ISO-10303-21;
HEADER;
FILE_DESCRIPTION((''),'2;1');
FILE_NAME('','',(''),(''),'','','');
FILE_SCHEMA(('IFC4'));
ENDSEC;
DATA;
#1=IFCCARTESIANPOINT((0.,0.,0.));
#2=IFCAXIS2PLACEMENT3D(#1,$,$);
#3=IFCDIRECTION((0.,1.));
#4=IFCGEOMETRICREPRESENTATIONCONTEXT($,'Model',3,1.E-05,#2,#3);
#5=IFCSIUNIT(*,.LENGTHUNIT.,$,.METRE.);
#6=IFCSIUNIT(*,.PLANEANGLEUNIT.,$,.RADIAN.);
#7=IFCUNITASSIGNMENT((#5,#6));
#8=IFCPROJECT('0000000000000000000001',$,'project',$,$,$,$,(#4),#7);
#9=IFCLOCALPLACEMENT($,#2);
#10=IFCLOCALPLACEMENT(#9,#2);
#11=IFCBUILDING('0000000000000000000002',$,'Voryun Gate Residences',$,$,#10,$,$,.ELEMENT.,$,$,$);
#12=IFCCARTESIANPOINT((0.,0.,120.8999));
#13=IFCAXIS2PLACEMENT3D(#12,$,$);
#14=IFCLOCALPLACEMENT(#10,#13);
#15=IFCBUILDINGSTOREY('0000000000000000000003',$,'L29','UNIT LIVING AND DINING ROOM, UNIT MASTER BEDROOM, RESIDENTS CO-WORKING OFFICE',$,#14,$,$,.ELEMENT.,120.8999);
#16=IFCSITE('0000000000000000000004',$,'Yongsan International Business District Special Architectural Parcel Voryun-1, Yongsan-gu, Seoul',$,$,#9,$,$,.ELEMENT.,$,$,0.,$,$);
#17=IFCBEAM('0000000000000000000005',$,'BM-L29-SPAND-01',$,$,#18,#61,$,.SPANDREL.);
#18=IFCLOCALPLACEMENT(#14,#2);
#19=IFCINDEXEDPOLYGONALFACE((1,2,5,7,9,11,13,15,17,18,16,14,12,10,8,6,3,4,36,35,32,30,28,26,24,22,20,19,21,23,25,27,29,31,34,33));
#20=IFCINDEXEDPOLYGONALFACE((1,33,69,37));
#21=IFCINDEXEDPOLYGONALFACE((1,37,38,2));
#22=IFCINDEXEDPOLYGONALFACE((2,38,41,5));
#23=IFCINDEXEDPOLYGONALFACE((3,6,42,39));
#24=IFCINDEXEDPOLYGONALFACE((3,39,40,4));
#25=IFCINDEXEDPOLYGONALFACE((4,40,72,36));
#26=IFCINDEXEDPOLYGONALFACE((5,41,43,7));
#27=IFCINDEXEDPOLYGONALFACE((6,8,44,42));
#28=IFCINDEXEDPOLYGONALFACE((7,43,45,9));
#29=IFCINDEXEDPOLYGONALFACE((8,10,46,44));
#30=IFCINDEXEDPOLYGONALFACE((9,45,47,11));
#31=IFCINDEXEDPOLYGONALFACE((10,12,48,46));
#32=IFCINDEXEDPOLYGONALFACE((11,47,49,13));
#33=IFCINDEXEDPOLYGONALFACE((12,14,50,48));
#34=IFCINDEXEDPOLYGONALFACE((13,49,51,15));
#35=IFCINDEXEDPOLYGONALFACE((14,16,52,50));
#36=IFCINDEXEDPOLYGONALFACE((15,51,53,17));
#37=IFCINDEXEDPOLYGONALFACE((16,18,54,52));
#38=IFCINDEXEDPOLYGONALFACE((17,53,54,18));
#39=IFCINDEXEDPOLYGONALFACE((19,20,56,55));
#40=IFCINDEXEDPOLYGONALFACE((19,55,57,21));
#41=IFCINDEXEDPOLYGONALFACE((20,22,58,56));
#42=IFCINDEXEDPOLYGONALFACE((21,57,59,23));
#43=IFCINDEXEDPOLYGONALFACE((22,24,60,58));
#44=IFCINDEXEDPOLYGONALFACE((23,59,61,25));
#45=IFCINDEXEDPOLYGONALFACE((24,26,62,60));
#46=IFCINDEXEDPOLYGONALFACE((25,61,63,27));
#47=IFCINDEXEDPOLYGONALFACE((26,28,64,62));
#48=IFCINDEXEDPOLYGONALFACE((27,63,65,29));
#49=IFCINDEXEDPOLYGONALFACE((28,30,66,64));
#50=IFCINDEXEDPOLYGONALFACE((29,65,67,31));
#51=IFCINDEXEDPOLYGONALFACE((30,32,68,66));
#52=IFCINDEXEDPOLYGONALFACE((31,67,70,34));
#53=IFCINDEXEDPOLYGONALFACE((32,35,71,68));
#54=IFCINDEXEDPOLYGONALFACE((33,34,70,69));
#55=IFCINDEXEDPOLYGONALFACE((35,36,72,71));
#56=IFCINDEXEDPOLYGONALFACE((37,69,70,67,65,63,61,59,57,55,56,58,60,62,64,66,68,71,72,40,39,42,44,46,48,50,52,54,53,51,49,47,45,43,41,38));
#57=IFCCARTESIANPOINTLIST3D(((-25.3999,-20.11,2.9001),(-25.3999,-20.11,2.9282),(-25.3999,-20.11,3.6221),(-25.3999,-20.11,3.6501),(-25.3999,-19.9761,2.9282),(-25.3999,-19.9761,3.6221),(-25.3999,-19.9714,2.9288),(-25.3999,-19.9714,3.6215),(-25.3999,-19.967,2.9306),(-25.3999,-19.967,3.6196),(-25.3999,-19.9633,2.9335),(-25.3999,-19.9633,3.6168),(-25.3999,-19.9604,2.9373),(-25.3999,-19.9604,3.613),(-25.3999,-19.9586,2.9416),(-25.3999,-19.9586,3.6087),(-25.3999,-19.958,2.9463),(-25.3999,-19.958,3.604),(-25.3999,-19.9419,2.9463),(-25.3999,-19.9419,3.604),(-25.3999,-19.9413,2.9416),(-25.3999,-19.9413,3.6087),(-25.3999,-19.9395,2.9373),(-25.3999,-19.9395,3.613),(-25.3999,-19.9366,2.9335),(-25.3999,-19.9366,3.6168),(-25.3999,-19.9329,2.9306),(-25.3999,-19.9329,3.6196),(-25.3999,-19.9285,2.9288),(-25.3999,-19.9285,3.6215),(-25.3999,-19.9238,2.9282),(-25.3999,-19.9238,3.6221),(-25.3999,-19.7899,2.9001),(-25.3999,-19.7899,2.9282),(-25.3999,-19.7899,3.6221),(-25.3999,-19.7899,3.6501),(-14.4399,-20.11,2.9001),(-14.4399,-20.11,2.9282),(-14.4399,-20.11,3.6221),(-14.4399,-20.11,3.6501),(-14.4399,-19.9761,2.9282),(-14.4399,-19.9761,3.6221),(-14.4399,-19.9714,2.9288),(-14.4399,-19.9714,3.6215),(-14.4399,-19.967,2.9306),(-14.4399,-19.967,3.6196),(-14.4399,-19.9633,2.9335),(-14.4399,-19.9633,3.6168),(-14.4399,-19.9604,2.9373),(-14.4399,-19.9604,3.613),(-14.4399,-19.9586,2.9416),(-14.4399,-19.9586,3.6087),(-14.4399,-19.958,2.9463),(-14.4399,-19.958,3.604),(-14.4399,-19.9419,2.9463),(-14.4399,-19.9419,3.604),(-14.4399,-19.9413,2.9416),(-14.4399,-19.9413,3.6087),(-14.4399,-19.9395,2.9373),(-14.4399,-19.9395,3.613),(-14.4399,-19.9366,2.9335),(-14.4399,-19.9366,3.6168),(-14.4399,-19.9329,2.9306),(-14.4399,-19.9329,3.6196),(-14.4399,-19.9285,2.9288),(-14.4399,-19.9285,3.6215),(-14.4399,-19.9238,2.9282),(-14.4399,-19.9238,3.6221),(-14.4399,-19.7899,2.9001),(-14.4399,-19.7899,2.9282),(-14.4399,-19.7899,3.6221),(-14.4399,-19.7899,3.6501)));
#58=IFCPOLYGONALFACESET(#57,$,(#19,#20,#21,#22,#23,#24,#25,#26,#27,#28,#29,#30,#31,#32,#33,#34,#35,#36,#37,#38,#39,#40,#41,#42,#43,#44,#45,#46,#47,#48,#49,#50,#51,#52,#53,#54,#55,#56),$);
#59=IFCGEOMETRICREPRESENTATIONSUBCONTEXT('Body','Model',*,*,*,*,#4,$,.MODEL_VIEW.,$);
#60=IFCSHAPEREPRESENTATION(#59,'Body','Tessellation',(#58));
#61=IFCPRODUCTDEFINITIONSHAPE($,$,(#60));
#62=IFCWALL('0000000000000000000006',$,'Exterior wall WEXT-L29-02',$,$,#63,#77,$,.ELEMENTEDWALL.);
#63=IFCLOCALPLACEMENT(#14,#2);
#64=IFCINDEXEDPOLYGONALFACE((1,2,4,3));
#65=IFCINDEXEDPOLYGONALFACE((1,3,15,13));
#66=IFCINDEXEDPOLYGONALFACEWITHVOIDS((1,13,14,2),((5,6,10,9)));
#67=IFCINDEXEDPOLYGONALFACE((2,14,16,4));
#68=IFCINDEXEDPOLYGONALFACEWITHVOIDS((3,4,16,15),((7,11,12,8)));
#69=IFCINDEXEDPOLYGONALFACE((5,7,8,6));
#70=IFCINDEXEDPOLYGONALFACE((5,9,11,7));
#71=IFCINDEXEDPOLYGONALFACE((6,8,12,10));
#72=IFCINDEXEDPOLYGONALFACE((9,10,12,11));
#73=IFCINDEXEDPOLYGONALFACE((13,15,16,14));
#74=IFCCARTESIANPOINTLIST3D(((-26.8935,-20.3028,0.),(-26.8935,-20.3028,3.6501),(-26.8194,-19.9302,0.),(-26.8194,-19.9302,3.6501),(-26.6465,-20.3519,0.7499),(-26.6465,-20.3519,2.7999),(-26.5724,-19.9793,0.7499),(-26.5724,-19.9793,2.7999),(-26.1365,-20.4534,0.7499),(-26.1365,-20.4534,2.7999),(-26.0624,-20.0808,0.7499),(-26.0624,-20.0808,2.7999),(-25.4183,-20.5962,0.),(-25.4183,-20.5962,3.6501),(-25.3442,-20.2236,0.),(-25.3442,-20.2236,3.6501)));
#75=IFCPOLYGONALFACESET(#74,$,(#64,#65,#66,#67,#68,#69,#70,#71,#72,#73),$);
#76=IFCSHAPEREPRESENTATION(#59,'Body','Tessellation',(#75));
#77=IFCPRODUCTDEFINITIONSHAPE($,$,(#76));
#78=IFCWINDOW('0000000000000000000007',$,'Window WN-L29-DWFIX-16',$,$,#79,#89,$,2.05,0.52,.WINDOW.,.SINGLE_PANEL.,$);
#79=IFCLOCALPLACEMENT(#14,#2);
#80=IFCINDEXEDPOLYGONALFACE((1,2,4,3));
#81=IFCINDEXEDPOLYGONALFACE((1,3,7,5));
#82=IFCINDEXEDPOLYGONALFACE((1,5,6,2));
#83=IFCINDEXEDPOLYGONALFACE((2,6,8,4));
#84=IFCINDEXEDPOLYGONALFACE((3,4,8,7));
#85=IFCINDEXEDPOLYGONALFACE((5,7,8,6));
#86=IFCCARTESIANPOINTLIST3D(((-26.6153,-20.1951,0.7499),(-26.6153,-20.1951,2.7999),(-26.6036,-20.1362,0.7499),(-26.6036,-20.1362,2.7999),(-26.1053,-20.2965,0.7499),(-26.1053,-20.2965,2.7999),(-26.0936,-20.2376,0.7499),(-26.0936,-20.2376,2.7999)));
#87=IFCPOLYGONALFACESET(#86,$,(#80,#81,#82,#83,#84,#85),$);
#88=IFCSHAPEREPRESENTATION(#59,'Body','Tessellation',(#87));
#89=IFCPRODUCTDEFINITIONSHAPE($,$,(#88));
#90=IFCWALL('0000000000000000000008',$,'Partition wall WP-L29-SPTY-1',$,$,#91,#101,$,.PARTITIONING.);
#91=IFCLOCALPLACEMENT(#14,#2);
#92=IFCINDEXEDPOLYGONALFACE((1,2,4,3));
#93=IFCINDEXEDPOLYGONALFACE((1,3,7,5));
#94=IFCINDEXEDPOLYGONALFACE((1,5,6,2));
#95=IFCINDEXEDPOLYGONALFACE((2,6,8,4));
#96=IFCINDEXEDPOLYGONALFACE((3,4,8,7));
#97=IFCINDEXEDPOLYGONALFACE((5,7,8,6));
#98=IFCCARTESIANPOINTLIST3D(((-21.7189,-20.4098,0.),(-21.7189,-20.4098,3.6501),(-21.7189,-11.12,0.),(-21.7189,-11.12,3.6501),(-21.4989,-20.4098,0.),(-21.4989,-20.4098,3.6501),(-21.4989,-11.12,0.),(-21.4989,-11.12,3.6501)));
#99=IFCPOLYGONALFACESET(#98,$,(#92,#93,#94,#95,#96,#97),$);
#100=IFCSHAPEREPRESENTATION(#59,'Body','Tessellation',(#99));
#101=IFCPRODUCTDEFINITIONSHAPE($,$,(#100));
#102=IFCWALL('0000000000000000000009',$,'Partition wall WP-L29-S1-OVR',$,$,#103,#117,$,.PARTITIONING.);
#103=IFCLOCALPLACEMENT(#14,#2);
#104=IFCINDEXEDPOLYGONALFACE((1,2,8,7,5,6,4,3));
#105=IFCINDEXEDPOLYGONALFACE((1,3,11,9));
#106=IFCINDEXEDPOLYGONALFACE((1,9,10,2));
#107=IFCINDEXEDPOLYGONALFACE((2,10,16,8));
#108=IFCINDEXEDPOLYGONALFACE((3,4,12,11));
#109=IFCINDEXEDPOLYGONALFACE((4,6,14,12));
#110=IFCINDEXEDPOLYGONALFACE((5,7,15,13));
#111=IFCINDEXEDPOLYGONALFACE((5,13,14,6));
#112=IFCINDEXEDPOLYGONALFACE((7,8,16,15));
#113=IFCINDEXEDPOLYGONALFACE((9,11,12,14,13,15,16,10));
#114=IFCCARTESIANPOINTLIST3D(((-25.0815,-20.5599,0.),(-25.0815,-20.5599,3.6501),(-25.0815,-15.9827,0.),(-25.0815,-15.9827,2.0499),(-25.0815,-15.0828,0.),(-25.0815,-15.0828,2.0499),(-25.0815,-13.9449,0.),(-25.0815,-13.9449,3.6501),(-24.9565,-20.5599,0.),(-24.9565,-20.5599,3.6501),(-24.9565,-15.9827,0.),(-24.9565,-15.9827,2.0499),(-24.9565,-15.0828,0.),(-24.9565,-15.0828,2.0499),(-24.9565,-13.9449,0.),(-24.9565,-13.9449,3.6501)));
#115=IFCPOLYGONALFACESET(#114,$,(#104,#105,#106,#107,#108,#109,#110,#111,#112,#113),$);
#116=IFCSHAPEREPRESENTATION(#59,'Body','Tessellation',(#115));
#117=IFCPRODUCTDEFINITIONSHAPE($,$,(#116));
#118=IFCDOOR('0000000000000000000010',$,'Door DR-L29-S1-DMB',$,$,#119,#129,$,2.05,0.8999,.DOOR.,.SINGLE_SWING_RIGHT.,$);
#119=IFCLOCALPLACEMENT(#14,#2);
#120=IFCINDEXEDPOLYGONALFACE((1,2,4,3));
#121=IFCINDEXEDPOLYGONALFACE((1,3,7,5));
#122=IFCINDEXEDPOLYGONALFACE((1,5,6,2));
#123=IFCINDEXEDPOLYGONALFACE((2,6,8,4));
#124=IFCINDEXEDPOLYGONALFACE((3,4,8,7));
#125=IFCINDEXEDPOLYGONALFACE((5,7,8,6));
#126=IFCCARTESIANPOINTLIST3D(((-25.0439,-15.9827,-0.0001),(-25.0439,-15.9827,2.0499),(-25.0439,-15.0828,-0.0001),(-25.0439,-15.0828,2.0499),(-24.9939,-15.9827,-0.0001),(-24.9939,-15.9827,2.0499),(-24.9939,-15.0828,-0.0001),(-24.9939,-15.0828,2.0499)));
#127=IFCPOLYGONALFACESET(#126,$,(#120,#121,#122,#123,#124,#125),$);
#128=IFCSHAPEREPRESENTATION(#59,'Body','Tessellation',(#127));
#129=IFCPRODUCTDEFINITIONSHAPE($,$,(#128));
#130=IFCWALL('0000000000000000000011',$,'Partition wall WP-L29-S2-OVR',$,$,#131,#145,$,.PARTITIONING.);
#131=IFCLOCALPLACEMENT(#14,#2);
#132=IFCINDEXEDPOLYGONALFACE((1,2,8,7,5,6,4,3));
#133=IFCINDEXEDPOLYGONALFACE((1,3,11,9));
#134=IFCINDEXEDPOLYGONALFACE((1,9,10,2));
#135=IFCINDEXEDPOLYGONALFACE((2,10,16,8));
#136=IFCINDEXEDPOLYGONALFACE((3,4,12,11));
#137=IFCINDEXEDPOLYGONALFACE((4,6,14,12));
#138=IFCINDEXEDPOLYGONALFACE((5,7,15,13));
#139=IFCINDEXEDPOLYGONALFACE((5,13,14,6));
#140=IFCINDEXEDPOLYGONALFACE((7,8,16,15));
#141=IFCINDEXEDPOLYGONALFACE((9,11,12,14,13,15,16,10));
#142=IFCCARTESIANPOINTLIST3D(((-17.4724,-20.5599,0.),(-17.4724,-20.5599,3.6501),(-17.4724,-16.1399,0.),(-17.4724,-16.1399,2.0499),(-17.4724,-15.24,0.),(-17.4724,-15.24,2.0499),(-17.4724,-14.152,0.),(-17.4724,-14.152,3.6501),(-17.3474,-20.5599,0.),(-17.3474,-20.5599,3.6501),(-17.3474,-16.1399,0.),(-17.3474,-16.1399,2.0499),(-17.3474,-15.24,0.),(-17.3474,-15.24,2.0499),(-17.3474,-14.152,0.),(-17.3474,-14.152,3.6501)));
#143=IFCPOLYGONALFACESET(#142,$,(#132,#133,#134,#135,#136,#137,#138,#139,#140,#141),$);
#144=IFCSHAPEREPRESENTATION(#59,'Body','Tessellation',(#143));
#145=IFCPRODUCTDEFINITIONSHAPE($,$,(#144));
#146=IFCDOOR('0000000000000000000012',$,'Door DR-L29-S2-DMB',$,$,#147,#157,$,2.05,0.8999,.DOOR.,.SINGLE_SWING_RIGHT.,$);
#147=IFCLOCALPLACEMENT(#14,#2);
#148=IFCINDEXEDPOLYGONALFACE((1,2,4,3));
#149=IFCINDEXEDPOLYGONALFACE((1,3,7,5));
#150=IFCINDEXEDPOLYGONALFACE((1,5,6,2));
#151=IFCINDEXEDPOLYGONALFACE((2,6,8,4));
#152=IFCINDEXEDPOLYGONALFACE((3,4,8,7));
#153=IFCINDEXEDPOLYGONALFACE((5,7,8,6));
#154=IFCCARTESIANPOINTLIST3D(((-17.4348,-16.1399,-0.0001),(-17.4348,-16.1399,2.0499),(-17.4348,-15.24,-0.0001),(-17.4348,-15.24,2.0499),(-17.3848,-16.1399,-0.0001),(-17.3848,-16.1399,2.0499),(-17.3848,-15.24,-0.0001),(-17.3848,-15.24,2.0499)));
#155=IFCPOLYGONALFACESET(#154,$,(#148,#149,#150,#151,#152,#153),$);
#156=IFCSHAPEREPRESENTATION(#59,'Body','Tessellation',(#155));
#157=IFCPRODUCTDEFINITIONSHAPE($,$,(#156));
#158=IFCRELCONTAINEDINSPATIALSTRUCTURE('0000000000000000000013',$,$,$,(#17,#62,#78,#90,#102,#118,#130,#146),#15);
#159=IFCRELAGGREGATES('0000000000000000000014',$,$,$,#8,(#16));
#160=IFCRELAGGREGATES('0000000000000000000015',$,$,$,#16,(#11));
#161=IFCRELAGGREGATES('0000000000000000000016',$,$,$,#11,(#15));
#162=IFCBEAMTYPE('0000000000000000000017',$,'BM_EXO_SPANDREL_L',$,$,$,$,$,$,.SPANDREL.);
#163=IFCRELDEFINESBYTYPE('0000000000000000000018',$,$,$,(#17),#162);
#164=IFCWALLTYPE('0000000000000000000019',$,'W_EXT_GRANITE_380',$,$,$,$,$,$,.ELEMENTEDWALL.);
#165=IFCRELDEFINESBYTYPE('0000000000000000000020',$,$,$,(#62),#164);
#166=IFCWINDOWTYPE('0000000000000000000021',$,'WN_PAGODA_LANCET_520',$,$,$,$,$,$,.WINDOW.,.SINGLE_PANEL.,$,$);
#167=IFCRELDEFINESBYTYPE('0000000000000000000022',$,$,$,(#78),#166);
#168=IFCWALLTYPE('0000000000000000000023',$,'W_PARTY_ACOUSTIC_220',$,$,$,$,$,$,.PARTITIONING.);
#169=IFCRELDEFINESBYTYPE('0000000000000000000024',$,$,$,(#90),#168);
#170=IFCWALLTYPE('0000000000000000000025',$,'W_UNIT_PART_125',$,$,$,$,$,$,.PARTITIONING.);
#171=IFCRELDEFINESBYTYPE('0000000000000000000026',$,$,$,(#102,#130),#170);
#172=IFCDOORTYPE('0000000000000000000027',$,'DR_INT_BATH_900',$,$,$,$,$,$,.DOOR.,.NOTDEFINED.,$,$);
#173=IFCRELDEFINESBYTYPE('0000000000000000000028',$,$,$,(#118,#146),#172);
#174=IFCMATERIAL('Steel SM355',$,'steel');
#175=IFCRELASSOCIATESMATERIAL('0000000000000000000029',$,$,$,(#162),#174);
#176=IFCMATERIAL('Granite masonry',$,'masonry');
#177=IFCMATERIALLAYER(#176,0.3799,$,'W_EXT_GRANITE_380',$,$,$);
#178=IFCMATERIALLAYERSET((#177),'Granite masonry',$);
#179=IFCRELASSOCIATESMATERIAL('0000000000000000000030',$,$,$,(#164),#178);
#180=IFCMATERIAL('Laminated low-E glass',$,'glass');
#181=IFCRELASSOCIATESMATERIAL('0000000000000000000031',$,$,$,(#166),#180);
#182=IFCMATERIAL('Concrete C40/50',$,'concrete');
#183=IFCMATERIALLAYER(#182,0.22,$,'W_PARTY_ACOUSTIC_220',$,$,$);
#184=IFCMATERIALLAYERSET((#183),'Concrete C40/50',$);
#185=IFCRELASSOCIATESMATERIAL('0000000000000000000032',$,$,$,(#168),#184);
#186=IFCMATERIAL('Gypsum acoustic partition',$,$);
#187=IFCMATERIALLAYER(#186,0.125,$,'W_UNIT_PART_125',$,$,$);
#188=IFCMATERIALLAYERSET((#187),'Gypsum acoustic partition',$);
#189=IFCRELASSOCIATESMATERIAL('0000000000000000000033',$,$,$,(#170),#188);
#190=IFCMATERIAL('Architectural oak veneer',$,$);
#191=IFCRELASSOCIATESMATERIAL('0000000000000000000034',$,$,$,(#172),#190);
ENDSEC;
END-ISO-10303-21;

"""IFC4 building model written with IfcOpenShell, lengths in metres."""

from ifc_helpers import new_model, si_unit, direction, frame, frame_2d, origin, origin_2d, place, context, subcontext, project, spatial, rectangle, i_section, extrude, material, layer, layer_set, material_profile, profile_set, type_object, element, fill, save


model = new_model("IFC4")

# Units and contexts
model_context = context("Model", 3, precision=1e-05, world=origin(), true_north=direction((0.0, 1.0)))
body_context = subcontext(model_context, "Body", "Model", "MODEL_VIEW")
ifc_project = project(units=[si_unit("LENGTHUNIT", "METRE"), si_unit("PLANEANGLEUNIT", "RADIAN")], contexts=[model_context])

# Site, building, storey
site_placement = place(None, origin())
site = spatial("IfcSite", under=ifc_project, at=site_placement, Name="Yongsan International Business District Special Architectural Parcel Voryun-1, Yongsan-gu, Seoul", CompositionType="ELEMENT", RefElevation=0.0)
building_placement = place(site_placement, origin())
building = spatial("IfcBuilding", under=site, at=building_placement, Name="Voryun Gate Residences", CompositionType="ELEMENT")
storey_placement = place(building_placement, frame((0.0, 0.0, 120.8999)))
storey = spatial("IfcBuildingStorey", under=building, at=storey_placement, Name="L29", Description="UNIT LIVING AND DINING ROOM, UNIT MASTER BEDROOM, RESIDENTS CO-WORKING OFFICE", CompositionType="ELEMENT", Elevation=120.8999)

# Beam
ifc_material_1 = material(Name="Steel SM355", Category="steel")
ifc_material_profile = material_profile(ifc_material_1, i_section(OverallWidth=0.3201, OverallDepth=0.75, WebThickness=0.0161, FlangeThickness=0.0281, FilletRadius=0.0181, at=origin_2d()), Name="H-750x320x16x28")
ifc_profile_set = profile_set([ifc_material_profile], Name="Steel SM355")
beam_type = type_object("IfcBeamType", Name="BM_EXO_SPANDREL_L", PredefinedType="SPANDREL", material=ifc_profile_set)
beam_placement = place(storey_placement, frame((-25.3999, -19.95, 3.2751), z_axis=(1.0, 0.0, 0.0), x_axis=(0.0, 1.0, 0.0)))
element("IfcBeam", 1, at=beam_placement, inside=storey, type_object=beam_type, Name="BM-L29-SPAND-01", PredefinedType="SPANDREL", context=body_context, shape_type="SweptSolid", body=[
    extrude(i_section(OverallWidth=0.3201, OverallDepth=0.75, WebThickness=0.0161, FlangeThickness=0.0281, FilletRadius=0.0181, at=origin_2d()), origin(), (0.0, 0.0, 1.0), 10.96),
])

# Wall, opening, window
ifc_material_2 = material(Name="Granite masonry", Category="masonry")
ifc_layer_1 = layer(ifc_material_2, 0.3799, Name="W_EXT_GRANITE_380")
ifc_layer_set_1 = layer_set([ifc_layer_1], Name="Granite masonry")
wall_type_1 = type_object("IfcWallType", Name="W_EXT_GRANITE_380", PredefinedType="ELEMENTEDWALL", material=ifc_layer_set_1)
wall_1_placement = place(storey_placement, frame((-25.3813, -20.4099, 0.0), z_axis=(0.0, 0.0, 1.0), x_axis=(-0.980786, 0.195086, 0.0)))
wall_1 = element("IfcWall", 2, at=wall_1_placement, inside=storey, type_object=wall_type_1, Name="Exterior wall WEXT-L29-02", PredefinedType="ELEMENTEDWALL", context=body_context, shape_type="SweptSolid", body=[
    extrude(rectangle(XDim=1.5042, YDim=0.3799, at=frame_2d((0.752, 0.0))), origin(), (0.0, 0.0, 1.0), 3.6501),
])
opening_1_placement = place(wall_1_placement, frame((0.7322, 0.0, 0.75)))
opening_1 = element("IfcOpeningElement", 3, at=opening_1_placement, cuts=wall_1, PredefinedType="OPENING", context=body_context, shape_type="SweptSolid", body=[
    extrude(rectangle(XDim=0.52, YDim=2.05, at=frame_2d((0.26, 1.0249))), frame((0.0, 0.2, 0.0), z_axis=(0.0, -1.0, 0.0), x_axis=(1.0, 0.0, 0.0)), (0.0, 0.0, 1.0), 0.3999),
])
ifc_material_3 = material(Name="Laminated low-E glass", Category="glass")
window_type = type_object("IfcWindowType", Name="WN_PAGODA_LANCET_520", PartitioningType="SINGLE_PANEL", PredefinedType="WINDOW", material=ifc_material_3)
window_placement = place(opening_1_placement, origin())
window = element("IfcWindow", 4, at=window_placement, inside=storey, type_object=window_type, Name="Window WN-L29-DWFIX-16", OverallHeight=2.05, OverallWidth=0.52, PartitioningType="SINGLE_PANEL", PredefinedType="WINDOW", context=body_context, shape_type="SweptSolid", body=[
    extrude(rectangle(XDim=0.52, YDim=2.05, at=frame_2d((0.26, 1.0249))), frame((0.0, 0.03, 0.0), z_axis=(0.0, -1.0, 0.0), x_axis=(1.0, 0.0, 0.0)), (0.0, 0.0, 1.0), 0.0601),
])
fill(opening_1, window)

# Wall
ifc_material_4 = material(Name="Concrete C40/50", Category="concrete")
ifc_layer_2 = layer(ifc_material_4, 0.22, Name="W_PARTY_ACOUSTIC_220")
ifc_layer_set_2 = layer_set([ifc_layer_2], Name="Concrete C40/50")
wall_type_2 = type_object("IfcWallType", Name="W_PARTY_ACOUSTIC_220", PredefinedType="PARTITIONING", material=ifc_layer_set_2)
wall_2_placement = place(storey_placement, frame((-21.6089, -20.4099, 0.0), z_axis=(0.0, 0.0, 1.0), x_axis=(0.0, 1.0, 0.0)))
element("IfcWall", 5, at=wall_2_placement, inside=storey, type_object=wall_type_2, Name="Partition wall WP-L29-SPTY-1", PredefinedType="PARTITIONING", context=body_context, shape_type="SweptSolid", body=[
    extrude(rectangle(XDim=9.2898, YDim=0.22, at=frame_2d((4.645, 0.0))), origin(), (0.0, 0.0, 1.0), 3.6501),
])

# Walls, openings, doors
ifc_material_5 = material(Name="Gypsum acoustic partition")
ifc_layer_3 = layer(ifc_material_5, 0.125, Name="W_UNIT_PART_125")
ifc_layer_set_3 = layer_set([ifc_layer_3], Name="Gypsum acoustic partition")
wall_type_3 = type_object("IfcWallType", Name="W_UNIT_PART_125", PredefinedType="PARTITIONING", material=ifc_layer_set_3)
wall_3_placement = place(storey_placement, frame((-25.019, -20.5601, 0.0), z_axis=(0.0, 0.0, 1.0), x_axis=(0.0, 1.0, 0.0)))
wall_3 = element("IfcWall", 6, at=wall_3_placement, inside=storey, type_object=wall_type_3, Name="Partition wall WP-L29-S1-OVR", PredefinedType="PARTITIONING", context=body_context, shape_type="SweptSolid", body=[
    extrude(rectangle(XDim=6.615, YDim=0.125, at=frame_2d((3.3076, 0.0))), origin(), (0.0, 0.0, 1.0), 3.6501),
])
opening_2_placement = place(wall_3_placement, frame((4.5774, 0.0, 0.0)))
opening_2 = element("IfcOpeningElement", 7, at=opening_2_placement, cuts=wall_3, PredefinedType="OPENING", context=body_context, shape_type="SweptSolid", body=[
    extrude(rectangle(XDim=0.8999, YDim=2.05, at=frame_2d((0.45, 1.0249))), frame((0.0, 0.0725, 0.0), z_axis=(0.0, -1.0, 0.0), x_axis=(1.0, 0.0, 0.0)), (0.0, 0.0, 1.0), 0.145),
])
ifc_material_6 = material(Name="Architectural oak veneer")
door_type_1 = type_object("IfcDoorType", Name="DR_INT_BATH_900", OperationType="NOTDEFINED", PredefinedType="DOOR", material=ifc_material_6)
door_1_placement = place(opening_2_placement, origin())
door_1 = element("IfcDoor", 8, at=door_1_placement, inside=storey, type_object=door_type_1, Name="Door DR-L29-S1-DMB", OperationType="SINGLE_SWING_RIGHT", OverallHeight=2.05, OverallWidth=0.8999, PredefinedType="DOOR", context=body_context, shape_type="SweptSolid", body=[
    extrude(rectangle(XDim=0.8999, YDim=2.05, at=frame_2d((0.45, 1.0249))), frame((0.0, 0.0249, 0.0), z_axis=(0.0, -1.0, 0.0), x_axis=(1.0, 0.0, 0.0)), (0.0, 0.0, 1.0), 0.05),
])
fill(opening_2, door_1)
wall_4_placement = place(storey_placement, frame((-17.4099, -20.5601, 0.0), z_axis=(0.0, 0.0, 1.0), x_axis=(0.0, 1.0, 0.0)))
wall_4 = element("IfcWall", 9, at=wall_4_placement, inside=storey, type_object=wall_type_3, Name="Partition wall WP-L29-S2-OVR", PredefinedType="PARTITIONING", context=body_context, shape_type="SweptSolid", body=[
    extrude(rectangle(XDim=6.408, YDim=0.125, at=frame_2d((3.2041, 0.0))), origin(), (0.0, 0.0, 1.0), 3.6501),
])
opening_3_placement = place(wall_4_placement, frame((4.4202, 0.0, 0.0)))
opening_3 = element("IfcOpeningElement", 10, at=opening_3_placement, cuts=wall_4, PredefinedType="OPENING", context=body_context, shape_type="SweptSolid", body=[
    extrude(rectangle(XDim=0.8999, YDim=2.05, at=frame_2d((0.45, 1.0249))), frame((0.0, 0.0725, 0.0), z_axis=(0.0, -1.0, 0.0), x_axis=(1.0, 0.0, 0.0)), (0.0, 0.0, 1.0), 0.145),
])
door_2_placement = place(opening_3_placement, origin())
door_2 = element("IfcDoor", 11, at=door_2_placement, inside=storey, type_object=door_type_1, Name="Door DR-L29-S2-DMB", OperationType="SINGLE_SWING_RIGHT", OverallHeight=2.05, OverallWidth=0.8999, PredefinedType="DOOR", context=body_context, shape_type="SweptSolid", body=[
    extrude(rectangle(XDim=0.8999, YDim=2.05, at=frame_2d((0.45, 1.0249))), frame((0.0, 0.0249, 0.0), z_axis=(0.0, -1.0, 0.0), x_axis=(1.0, 0.0, 0.0)), (0.0, 0.0, 1.0), 0.05),
])
fill(opening_3, door_2)

save(model, "model.ifc")
